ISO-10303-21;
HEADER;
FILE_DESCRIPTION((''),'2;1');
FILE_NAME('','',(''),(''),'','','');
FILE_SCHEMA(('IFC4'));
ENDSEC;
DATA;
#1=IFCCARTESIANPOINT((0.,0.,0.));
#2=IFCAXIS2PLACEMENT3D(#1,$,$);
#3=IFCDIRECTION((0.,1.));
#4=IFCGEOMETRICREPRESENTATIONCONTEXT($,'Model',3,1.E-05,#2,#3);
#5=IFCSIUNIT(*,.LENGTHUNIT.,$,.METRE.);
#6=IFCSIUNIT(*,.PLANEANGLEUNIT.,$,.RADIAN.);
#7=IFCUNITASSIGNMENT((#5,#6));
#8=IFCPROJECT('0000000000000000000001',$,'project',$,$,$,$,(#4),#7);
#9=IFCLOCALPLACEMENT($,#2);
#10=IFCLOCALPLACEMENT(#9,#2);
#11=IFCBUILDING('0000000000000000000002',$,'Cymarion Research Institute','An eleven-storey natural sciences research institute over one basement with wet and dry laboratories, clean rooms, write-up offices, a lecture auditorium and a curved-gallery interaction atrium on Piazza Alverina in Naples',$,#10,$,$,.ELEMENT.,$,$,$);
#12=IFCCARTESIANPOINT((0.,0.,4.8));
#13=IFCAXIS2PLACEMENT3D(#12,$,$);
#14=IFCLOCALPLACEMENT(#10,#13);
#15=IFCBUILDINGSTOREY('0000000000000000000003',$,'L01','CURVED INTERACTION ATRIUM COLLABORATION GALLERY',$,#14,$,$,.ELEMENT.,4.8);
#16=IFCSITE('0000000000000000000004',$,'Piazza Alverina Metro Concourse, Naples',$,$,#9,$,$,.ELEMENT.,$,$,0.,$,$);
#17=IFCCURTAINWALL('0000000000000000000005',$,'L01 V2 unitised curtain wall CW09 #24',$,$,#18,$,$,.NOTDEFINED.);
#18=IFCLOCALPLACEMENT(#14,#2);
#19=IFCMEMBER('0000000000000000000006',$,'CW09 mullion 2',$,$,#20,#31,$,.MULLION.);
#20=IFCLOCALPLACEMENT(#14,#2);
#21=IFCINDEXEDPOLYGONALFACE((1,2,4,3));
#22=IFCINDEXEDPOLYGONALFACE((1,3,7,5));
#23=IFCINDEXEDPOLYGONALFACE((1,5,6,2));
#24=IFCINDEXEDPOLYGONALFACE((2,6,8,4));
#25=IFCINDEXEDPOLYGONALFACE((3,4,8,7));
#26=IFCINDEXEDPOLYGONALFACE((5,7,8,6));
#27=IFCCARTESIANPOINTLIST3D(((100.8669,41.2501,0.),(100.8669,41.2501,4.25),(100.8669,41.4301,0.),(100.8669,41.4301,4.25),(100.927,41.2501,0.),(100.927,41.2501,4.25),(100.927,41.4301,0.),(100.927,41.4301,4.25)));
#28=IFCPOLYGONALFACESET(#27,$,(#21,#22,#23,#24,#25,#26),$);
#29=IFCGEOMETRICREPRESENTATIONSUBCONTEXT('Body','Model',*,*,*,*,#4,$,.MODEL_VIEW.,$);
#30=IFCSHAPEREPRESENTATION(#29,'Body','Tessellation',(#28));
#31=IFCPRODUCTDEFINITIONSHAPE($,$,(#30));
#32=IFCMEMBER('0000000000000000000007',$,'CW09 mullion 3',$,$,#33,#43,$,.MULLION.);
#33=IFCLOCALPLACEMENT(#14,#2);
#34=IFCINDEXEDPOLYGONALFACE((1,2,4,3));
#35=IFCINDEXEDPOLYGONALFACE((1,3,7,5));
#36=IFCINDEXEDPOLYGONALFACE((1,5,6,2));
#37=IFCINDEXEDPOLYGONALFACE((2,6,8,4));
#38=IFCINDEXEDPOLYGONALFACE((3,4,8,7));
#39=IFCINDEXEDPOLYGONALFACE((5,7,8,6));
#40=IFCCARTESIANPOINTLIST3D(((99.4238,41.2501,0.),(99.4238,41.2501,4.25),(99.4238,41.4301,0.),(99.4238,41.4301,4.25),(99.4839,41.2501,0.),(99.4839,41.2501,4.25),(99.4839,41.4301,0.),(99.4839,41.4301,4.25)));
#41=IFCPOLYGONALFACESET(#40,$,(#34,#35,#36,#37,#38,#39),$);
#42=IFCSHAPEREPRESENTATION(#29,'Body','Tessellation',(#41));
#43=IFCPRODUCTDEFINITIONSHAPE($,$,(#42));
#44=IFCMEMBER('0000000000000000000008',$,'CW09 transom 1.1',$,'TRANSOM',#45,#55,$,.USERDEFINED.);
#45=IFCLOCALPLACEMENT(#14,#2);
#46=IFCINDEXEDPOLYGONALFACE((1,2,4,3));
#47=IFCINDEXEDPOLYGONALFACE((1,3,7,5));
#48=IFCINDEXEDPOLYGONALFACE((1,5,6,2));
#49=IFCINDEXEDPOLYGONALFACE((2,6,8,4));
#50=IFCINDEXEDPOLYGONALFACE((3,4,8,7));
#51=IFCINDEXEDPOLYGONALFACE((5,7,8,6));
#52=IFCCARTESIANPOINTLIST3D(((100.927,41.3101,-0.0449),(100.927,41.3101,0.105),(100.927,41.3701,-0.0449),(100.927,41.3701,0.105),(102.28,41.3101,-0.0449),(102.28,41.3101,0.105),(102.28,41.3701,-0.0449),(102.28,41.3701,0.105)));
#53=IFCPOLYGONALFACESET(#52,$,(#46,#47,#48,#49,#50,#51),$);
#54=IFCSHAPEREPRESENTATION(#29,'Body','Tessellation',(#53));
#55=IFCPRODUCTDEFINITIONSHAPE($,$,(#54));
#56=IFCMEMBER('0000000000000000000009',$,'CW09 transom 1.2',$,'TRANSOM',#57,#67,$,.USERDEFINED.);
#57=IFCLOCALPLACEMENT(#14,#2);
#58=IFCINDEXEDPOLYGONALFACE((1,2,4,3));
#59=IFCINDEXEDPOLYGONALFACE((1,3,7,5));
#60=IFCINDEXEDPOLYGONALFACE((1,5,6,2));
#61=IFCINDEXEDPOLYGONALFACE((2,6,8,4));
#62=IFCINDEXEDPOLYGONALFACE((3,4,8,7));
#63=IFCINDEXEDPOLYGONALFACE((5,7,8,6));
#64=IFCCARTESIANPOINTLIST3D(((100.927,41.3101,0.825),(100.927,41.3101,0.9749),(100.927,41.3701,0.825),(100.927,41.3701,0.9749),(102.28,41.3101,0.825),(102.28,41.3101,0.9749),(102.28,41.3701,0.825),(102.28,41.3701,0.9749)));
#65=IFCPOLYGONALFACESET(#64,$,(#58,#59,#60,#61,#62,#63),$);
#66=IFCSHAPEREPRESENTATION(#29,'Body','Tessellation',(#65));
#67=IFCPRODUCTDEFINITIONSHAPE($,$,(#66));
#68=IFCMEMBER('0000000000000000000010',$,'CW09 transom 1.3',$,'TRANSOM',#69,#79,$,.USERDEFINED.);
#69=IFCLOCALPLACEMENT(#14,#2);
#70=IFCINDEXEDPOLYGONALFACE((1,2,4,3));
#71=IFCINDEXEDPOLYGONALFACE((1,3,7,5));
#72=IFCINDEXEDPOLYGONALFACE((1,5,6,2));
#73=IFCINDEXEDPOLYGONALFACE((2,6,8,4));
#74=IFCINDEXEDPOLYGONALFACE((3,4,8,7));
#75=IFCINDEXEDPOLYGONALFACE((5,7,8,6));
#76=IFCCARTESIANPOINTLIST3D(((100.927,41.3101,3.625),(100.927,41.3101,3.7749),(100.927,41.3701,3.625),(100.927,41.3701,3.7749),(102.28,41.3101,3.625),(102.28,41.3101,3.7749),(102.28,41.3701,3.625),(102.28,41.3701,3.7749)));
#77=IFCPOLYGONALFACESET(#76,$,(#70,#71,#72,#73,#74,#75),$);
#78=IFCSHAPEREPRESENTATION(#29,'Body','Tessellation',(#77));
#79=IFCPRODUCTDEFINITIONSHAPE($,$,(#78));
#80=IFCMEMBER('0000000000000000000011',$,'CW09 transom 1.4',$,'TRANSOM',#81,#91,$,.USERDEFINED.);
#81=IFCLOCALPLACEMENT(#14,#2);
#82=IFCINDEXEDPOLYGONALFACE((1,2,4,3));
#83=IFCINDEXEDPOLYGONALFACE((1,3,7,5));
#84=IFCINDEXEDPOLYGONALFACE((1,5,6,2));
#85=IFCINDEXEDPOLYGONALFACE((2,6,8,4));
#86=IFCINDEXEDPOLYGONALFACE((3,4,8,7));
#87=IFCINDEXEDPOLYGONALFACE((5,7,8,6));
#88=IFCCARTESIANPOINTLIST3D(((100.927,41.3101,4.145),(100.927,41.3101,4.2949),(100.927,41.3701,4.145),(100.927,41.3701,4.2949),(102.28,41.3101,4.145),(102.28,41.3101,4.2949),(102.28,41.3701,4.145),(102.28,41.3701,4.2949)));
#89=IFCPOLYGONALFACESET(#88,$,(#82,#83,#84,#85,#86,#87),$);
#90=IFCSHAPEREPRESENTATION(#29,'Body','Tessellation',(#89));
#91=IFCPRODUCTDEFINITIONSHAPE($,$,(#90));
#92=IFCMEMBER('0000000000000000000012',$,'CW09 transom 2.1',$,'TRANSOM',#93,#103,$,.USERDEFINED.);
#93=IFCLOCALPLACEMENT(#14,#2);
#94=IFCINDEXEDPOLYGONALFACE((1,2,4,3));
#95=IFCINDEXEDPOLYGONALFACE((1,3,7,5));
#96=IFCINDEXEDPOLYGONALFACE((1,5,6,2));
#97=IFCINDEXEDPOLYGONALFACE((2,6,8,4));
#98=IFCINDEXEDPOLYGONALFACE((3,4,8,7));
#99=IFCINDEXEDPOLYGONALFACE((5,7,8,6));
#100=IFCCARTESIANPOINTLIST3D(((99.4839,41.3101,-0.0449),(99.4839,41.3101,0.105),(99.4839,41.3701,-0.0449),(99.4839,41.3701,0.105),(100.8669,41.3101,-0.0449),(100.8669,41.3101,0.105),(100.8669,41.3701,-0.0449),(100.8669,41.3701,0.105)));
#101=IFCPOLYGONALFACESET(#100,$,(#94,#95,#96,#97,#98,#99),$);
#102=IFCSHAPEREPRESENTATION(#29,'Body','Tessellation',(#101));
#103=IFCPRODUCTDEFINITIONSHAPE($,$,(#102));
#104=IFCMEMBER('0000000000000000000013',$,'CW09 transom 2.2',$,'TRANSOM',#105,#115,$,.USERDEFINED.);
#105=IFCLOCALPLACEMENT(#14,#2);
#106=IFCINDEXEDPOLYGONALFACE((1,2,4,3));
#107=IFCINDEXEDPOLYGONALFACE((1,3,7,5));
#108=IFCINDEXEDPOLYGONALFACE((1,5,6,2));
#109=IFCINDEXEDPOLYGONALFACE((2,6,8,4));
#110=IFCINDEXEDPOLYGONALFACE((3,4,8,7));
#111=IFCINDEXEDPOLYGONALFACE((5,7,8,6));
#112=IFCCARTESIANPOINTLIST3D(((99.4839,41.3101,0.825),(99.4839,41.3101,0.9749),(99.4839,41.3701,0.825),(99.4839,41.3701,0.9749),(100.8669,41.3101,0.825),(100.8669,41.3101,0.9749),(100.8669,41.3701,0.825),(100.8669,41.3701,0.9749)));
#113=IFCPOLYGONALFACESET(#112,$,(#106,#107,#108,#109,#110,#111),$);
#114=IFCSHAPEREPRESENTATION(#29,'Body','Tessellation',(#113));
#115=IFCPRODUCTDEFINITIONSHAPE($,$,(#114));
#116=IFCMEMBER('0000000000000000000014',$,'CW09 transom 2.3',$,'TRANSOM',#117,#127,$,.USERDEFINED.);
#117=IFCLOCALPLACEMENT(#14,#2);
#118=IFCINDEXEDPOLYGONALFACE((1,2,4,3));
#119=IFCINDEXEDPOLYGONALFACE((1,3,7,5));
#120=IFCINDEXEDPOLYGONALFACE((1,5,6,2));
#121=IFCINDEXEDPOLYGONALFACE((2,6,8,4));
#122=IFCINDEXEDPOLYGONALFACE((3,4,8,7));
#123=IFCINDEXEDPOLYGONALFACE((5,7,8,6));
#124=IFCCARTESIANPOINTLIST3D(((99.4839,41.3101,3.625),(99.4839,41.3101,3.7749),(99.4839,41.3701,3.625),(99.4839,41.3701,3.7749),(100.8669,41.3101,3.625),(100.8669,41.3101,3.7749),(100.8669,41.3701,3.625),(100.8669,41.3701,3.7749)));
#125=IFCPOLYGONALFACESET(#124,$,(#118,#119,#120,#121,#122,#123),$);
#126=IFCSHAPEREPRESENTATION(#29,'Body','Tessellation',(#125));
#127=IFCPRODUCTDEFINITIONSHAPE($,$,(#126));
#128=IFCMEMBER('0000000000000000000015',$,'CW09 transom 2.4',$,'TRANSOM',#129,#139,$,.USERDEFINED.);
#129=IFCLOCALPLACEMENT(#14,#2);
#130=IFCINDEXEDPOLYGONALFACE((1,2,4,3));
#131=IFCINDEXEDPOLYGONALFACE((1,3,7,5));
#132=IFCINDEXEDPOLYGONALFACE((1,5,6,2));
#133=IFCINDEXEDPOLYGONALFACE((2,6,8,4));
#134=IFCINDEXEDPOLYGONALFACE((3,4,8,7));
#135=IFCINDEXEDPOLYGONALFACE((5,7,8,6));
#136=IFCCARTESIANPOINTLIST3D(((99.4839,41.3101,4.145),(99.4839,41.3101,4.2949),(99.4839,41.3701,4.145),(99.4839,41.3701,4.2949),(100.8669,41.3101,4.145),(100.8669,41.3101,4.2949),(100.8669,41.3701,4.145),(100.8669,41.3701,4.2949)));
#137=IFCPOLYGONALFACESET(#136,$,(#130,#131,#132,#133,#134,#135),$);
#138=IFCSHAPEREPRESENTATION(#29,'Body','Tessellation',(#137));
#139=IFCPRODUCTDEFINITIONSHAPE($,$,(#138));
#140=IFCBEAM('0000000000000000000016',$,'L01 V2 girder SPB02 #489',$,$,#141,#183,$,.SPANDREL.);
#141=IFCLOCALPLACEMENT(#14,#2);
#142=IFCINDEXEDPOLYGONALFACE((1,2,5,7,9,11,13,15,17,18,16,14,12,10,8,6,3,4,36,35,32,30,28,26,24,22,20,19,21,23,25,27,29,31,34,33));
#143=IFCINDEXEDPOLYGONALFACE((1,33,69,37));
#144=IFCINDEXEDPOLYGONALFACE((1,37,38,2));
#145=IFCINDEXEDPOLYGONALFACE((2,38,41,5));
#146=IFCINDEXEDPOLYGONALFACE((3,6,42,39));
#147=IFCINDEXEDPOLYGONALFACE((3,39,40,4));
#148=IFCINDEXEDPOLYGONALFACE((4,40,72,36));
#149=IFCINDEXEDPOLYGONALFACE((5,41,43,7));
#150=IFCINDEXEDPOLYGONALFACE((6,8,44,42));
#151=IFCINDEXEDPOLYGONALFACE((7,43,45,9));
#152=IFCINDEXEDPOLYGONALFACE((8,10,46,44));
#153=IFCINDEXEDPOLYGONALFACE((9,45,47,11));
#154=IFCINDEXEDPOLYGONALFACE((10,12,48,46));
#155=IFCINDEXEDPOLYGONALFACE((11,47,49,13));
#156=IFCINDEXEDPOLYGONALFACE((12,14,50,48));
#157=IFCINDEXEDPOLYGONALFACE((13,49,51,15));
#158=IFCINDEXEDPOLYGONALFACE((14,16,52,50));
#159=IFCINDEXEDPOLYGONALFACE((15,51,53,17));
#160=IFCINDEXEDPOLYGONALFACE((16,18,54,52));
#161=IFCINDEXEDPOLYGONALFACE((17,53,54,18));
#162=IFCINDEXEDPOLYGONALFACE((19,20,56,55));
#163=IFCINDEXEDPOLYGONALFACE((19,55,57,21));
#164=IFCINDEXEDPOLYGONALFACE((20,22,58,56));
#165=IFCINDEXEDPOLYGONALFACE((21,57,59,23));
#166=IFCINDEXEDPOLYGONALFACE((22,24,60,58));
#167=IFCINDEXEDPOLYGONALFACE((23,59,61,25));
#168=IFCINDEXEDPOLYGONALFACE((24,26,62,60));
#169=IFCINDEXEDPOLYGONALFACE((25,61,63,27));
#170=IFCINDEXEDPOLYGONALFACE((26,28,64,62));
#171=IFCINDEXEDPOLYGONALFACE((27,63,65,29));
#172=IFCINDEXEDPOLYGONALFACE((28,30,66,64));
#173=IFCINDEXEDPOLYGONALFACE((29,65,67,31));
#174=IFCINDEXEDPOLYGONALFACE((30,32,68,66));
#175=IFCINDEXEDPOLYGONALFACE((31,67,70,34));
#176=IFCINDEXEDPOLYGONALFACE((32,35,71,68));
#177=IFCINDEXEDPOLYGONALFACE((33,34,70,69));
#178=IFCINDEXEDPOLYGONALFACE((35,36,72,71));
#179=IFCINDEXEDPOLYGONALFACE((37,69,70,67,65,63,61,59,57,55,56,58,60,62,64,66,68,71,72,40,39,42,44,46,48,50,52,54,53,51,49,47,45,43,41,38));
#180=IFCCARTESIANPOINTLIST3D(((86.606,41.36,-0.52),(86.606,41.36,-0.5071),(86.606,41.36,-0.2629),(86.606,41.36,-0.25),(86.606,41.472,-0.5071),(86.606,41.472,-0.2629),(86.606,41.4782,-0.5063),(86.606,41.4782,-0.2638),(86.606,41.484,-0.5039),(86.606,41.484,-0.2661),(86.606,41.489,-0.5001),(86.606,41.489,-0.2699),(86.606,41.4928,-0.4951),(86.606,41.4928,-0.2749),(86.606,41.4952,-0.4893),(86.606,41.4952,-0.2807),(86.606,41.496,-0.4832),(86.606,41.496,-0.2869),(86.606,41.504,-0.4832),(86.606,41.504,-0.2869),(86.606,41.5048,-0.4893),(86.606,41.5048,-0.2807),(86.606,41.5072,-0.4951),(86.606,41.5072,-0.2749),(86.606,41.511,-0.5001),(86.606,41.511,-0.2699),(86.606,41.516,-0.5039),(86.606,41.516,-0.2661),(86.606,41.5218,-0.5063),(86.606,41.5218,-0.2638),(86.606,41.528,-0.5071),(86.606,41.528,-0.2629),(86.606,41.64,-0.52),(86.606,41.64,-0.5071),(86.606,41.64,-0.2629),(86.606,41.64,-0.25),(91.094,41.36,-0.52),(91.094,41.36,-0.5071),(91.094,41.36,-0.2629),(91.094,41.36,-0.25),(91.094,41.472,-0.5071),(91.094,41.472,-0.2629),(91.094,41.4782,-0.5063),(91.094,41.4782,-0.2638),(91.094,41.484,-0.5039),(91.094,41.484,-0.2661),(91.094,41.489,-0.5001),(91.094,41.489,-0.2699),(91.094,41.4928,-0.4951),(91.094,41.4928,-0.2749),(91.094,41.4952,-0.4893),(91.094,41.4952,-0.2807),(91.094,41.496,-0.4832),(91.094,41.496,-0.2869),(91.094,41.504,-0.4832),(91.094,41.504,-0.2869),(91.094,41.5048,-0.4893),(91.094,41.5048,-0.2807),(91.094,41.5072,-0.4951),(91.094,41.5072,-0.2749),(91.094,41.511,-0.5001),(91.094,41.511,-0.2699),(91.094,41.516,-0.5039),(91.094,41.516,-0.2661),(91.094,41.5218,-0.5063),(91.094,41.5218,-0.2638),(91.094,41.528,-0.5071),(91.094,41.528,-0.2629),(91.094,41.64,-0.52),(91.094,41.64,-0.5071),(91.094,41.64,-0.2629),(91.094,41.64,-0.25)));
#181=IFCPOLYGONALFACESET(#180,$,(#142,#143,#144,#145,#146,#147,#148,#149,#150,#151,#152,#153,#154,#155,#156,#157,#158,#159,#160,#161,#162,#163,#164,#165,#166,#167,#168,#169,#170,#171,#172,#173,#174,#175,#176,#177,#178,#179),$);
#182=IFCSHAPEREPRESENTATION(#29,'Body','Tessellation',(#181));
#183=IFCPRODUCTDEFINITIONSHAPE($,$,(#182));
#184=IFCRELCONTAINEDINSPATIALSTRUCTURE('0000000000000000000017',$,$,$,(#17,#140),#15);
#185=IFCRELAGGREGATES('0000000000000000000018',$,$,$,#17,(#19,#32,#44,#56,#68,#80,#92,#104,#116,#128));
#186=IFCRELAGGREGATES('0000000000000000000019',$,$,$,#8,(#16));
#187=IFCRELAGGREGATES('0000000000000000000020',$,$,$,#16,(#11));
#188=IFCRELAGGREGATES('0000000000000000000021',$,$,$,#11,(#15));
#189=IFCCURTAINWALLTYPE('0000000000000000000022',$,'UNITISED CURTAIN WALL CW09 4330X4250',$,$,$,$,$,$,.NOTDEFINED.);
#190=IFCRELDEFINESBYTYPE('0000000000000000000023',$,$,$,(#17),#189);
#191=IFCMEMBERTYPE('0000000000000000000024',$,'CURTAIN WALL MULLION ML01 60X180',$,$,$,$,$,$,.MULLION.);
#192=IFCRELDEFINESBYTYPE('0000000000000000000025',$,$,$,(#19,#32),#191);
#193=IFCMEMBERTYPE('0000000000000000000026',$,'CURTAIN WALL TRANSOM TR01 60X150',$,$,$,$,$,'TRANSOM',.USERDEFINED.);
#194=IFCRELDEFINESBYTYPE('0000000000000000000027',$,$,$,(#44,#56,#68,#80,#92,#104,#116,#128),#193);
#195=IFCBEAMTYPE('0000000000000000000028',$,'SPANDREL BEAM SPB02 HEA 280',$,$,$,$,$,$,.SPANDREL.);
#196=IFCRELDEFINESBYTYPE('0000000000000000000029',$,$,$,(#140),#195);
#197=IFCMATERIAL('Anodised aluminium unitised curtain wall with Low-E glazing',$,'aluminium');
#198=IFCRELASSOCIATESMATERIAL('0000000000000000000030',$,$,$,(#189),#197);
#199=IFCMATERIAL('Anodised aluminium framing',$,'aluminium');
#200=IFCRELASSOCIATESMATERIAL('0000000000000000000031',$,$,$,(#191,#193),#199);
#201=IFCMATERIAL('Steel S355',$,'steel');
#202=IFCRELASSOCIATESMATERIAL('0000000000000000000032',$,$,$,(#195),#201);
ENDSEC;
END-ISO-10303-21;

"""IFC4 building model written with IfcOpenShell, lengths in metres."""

from ifc_helpers import new_model, si_unit, direction, frame, origin, origin_2d, place, context, subcontext, project, spatial, rectangle, i_section, extrude, material, material_profile, profile_set, type_object, element, aggregate, save


model = new_model("IFC4")

# Units and contexts
model_context = context("Model", 3, precision=1e-05, world=origin(), true_north=direction((0.0, 1.0)))
body_context = subcontext(model_context, "Body", "Model", "MODEL_VIEW")
ifc_project = project(units=[si_unit("LENGTHUNIT", "METRE"), si_unit("PLANEANGLEUNIT", "RADIAN")], contexts=[model_context])

# Site, building, storey
site_placement = place(None, origin())
site = spatial("IfcSite", under=ifc_project, at=site_placement, Name="Piazza Alverina Metro Concourse, Naples", CompositionType="ELEMENT", RefElevation=0.0)
building_placement = place(site_placement, origin())
building = spatial("IfcBuilding", under=site, at=building_placement, Name="Cymarion Research Institute", Description="An eleven-storey natural sciences research institute over one basement with wet and dry laboratories, clean rooms, write-up offices, a lecture auditorium and a curved-gallery interaction atrium on Piazza Alverina in Naples", CompositionType="ELEMENT")
storey_placement = place(building_placement, frame((0.0, 0.0, 4.8)))
storey = spatial("IfcBuildingStorey", under=building, at=storey_placement, Name="L01", Description="CURVED INTERACTION ATRIUM COLLABORATION GALLERY", CompositionType="ELEMENT", Elevation=4.8)

# Shared definitions
ifc_material_1 = material(Name="Steel S355", Category="steel")

# Curtain wall, members
ifc_material_2 = material(Name="Anodised aluminium unitised curtain wall with Low-E glazing", Category="aluminium")
curtain_wall_type = type_object("IfcCurtainWallType", Name="UNITISED CURTAIN WALL CW09 4330X4250", PredefinedType="NOTDEFINED", material=ifc_material_2)
curtain_wall_placement = place(storey_placement, origin())
curtain_wall = element("IfcCurtainWall", 1, at=curtain_wall_placement, inside=storey, type_object=curtain_wall_type, Name="L01 V2 unitised curtain wall CW09 #24", PredefinedType="NOTDEFINED")
ifc_material_3 = material(Name="Anodised aluminium framing", Category="aluminium")
ifc_material_profile_1 = material_profile(ifc_material_3, rectangle(XDim=0.0601, YDim=0.1799, at=origin_2d()), Name="ALU MULLION 60x180")
ifc_profile_set_1 = profile_set([ifc_material_profile_1], Name="Anodised aluminium framing")
member_type_1 = type_object("IfcMemberType", Name="CURTAIN WALL MULLION ML01 60X180", PredefinedType="MULLION", material=ifc_profile_set_1)
member_1_placement = place(storey_placement, frame((100.897, 41.3401, 0.0), z_axis=(0.0, 0.0, 1.0), x_axis=(-1.0, 0.0, 0.0)))
member_1 = element("IfcMember", 2, at=member_1_placement, type_object=member_type_1, Name="CW09 mullion 2", PredefinedType="MULLION", context=body_context, shape_type="SweptSolid", body=[
    extrude(rectangle(XDim=0.0601, YDim=0.1799, at=origin_2d()), origin(), (0.0, 0.0, 1.0), 4.25),
])
member_2_placement = place(storey_placement, frame((99.4539, 41.3401, 0.0), z_axis=(0.0, 0.0, 1.0), x_axis=(-1.0, 0.0, 0.0)))
member_2 = element("IfcMember", 3, at=member_2_placement, type_object=member_type_1, Name="CW09 mullion 3", PredefinedType="MULLION", context=body_context, shape_type="SweptSolid", body=[
    extrude(rectangle(XDim=0.0601, YDim=0.1799, at=origin_2d()), origin(), (0.0, 0.0, 1.0), 4.25),
])
ifc_material_profile_2 = material_profile(ifc_material_3, rectangle(XDim=0.0601, YDim=0.1499, at=origin_2d()), Name="ALU TRANSOM 60x150")
ifc_profile_set_2 = profile_set([ifc_material_profile_2], Name="Anodised aluminium framing")
member_type_2 = type_object("IfcMemberType", Name="CURTAIN WALL TRANSOM TR01 60X150", ElementType="TRANSOM", PredefinedType="USERDEFINED", material=ifc_profile_set_2)
member_3_placement = place(storey_placement, frame((102.28, 41.3401, 0.03), z_axis=(-1.0, 0.0, 0.0), x_axis=(0.0, -1.0, 0.0)))
member_3 = element("IfcMember", 4, at=member_3_placement, type_object=member_type_2, Name="CW09 transom 1.1", ObjectType="TRANSOM", PredefinedType="USERDEFINED", context=body_context, shape_type="SweptSolid", body=[
    extrude(rectangle(XDim=0.0601, YDim=0.1499, at=origin_2d()), origin(), (0.0, 0.0, 1.0), 1.353),
])
member_4_placement = place(storey_placement, frame((102.28, 41.3401, 0.8999), z_axis=(-1.0, 0.0, 0.0), x_axis=(0.0, -1.0, 0.0)))
member_4 = element("IfcMember", 5, at=member_4_placement, type_object=member_type_2, Name="CW09 transom 1.2", ObjectType="TRANSOM", PredefinedType="USERDEFINED", context=body_context, shape_type="SweptSolid", body=[
    extrude(rectangle(XDim=0.0601, YDim=0.1499, at=origin_2d()), origin(), (0.0, 0.0, 1.0), 1.353),
])
member_5_placement = place(storey_placement, frame((102.28, 41.3401, 3.7), z_axis=(-1.0, 0.0, 0.0), x_axis=(0.0, -1.0, 0.0)))
member_5 = element("IfcMember", 6, at=member_5_placement, type_object=member_type_2, Name="CW09 transom 1.3", ObjectType="TRANSOM", PredefinedType="USERDEFINED", context=body_context, shape_type="SweptSolid", body=[
    extrude(rectangle(XDim=0.0601, YDim=0.1499, at=origin_2d()), origin(), (0.0, 0.0, 1.0), 1.353),
])
member_6_placement = place(storey_placement, frame((102.28, 41.3401, 4.22), z_axis=(-1.0, 0.0, 0.0), x_axis=(0.0, -1.0, 0.0)))
member_6 = element("IfcMember", 7, at=member_6_placement, type_object=member_type_2, Name="CW09 transom 1.4", ObjectType="TRANSOM", PredefinedType="USERDEFINED", context=body_context, shape_type="SweptSolid", body=[
    extrude(rectangle(XDim=0.0601, YDim=0.1499, at=origin_2d()), origin(), (0.0, 0.0, 1.0), 1.353),
])
member_7_placement = place(storey_placement, frame((100.8669, 41.3401, 0.03), z_axis=(-1.0, 0.0, 0.0), x_axis=(0.0, -1.0, 0.0)))
member_7 = element("IfcMember", 8, at=member_7_placement, type_object=member_type_2, Name="CW09 transom 2.1", ObjectType="TRANSOM", PredefinedType="USERDEFINED", context=body_context, shape_type="SweptSolid", body=[
    extrude(rectangle(XDim=0.0601, YDim=0.1499, at=origin_2d()), origin(), (0.0, 0.0, 1.0), 1.3831),
])
member_8_placement = place(storey_placement, frame((100.8669, 41.3401, 0.8999), z_axis=(-1.0, 0.0, 0.0), x_axis=(0.0, -1.0, 0.0)))
member_8 = element("IfcMember", 9, at=member_8_placement, type_object=member_type_2, Name="CW09 transom 2.2", ObjectType="TRANSOM", PredefinedType="USERDEFINED", context=body_context, shape_type="SweptSolid", body=[
    extrude(rectangle(XDim=0.0601, YDim=0.1499, at=origin_2d()), origin(), (0.0, 0.0, 1.0), 1.3831),
])
member_9_placement = place(storey_placement, frame((100.8669, 41.3401, 3.7), z_axis=(-1.0, 0.0, 0.0), x_axis=(0.0, -1.0, 0.0)))
member_9 = element("IfcMember", 10, at=member_9_placement, type_object=member_type_2, Name="CW09 transom 2.3", ObjectType="TRANSOM", PredefinedType="USERDEFINED", context=body_context, shape_type="SweptSolid", body=[
    extrude(rectangle(XDim=0.0601, YDim=0.1499, at=origin_2d()), origin(), (0.0, 0.0, 1.0), 1.3831),
])
member_10_placement = place(storey_placement, frame((100.8669, 41.3401, 4.22), z_axis=(-1.0, 0.0, 0.0), x_axis=(0.0, -1.0, 0.0)))
member_10 = element("IfcMember", 11, at=member_10_placement, type_object=member_type_2, Name="CW09 transom 2.4", ObjectType="TRANSOM", PredefinedType="USERDEFINED", context=body_context, shape_type="SweptSolid", body=[
    extrude(rectangle(XDim=0.0601, YDim=0.1499, at=origin_2d()), origin(), (0.0, 0.0, 1.0), 1.3831),
])

# Beam
ifc_material_profile_3 = material_profile(ifc_material_1, i_section(OverallWidth=0.28, OverallDepth=0.27, WebThickness=0.0081, FlangeThickness=0.0129, FilletRadius=0.0239, at=origin_2d()), Name="HEA 280")
ifc_profile_set_3 = profile_set([ifc_material_profile_3], Name="Steel S355")
beam_type = type_object("IfcBeamType", Name="SPANDREL BEAM SPB02 HEA 280", PredefinedType="SPANDREL", material=ifc_profile_set_3)
beam_1_placement = place(storey_placement, frame((86.606, 41.5, -0.385), z_axis=(1.0, 0.0, 0.0), x_axis=(0.0, 1.0, 0.0)))
element("IfcBeam", 12, at=beam_1_placement, inside=storey, type_object=beam_type, Name="L01 V2 girder SPB02 #489", PredefinedType="SPANDREL", context=body_context, shape_type="SweptSolid", body=[
    extrude(i_section(OverallWidth=0.28, OverallDepth=0.27, WebThickness=0.0081, FlangeThickness=0.0129, FilletRadius=0.0239, at=origin_2d()), origin(), (0.0, 0.0, 1.0), 4.488),
])

aggregate(curtain_wall, [member_1, member_2, member_3, member_4, member_5, member_6, member_7, member_8, member_9, member_10])

save(model, "model.ifc")
